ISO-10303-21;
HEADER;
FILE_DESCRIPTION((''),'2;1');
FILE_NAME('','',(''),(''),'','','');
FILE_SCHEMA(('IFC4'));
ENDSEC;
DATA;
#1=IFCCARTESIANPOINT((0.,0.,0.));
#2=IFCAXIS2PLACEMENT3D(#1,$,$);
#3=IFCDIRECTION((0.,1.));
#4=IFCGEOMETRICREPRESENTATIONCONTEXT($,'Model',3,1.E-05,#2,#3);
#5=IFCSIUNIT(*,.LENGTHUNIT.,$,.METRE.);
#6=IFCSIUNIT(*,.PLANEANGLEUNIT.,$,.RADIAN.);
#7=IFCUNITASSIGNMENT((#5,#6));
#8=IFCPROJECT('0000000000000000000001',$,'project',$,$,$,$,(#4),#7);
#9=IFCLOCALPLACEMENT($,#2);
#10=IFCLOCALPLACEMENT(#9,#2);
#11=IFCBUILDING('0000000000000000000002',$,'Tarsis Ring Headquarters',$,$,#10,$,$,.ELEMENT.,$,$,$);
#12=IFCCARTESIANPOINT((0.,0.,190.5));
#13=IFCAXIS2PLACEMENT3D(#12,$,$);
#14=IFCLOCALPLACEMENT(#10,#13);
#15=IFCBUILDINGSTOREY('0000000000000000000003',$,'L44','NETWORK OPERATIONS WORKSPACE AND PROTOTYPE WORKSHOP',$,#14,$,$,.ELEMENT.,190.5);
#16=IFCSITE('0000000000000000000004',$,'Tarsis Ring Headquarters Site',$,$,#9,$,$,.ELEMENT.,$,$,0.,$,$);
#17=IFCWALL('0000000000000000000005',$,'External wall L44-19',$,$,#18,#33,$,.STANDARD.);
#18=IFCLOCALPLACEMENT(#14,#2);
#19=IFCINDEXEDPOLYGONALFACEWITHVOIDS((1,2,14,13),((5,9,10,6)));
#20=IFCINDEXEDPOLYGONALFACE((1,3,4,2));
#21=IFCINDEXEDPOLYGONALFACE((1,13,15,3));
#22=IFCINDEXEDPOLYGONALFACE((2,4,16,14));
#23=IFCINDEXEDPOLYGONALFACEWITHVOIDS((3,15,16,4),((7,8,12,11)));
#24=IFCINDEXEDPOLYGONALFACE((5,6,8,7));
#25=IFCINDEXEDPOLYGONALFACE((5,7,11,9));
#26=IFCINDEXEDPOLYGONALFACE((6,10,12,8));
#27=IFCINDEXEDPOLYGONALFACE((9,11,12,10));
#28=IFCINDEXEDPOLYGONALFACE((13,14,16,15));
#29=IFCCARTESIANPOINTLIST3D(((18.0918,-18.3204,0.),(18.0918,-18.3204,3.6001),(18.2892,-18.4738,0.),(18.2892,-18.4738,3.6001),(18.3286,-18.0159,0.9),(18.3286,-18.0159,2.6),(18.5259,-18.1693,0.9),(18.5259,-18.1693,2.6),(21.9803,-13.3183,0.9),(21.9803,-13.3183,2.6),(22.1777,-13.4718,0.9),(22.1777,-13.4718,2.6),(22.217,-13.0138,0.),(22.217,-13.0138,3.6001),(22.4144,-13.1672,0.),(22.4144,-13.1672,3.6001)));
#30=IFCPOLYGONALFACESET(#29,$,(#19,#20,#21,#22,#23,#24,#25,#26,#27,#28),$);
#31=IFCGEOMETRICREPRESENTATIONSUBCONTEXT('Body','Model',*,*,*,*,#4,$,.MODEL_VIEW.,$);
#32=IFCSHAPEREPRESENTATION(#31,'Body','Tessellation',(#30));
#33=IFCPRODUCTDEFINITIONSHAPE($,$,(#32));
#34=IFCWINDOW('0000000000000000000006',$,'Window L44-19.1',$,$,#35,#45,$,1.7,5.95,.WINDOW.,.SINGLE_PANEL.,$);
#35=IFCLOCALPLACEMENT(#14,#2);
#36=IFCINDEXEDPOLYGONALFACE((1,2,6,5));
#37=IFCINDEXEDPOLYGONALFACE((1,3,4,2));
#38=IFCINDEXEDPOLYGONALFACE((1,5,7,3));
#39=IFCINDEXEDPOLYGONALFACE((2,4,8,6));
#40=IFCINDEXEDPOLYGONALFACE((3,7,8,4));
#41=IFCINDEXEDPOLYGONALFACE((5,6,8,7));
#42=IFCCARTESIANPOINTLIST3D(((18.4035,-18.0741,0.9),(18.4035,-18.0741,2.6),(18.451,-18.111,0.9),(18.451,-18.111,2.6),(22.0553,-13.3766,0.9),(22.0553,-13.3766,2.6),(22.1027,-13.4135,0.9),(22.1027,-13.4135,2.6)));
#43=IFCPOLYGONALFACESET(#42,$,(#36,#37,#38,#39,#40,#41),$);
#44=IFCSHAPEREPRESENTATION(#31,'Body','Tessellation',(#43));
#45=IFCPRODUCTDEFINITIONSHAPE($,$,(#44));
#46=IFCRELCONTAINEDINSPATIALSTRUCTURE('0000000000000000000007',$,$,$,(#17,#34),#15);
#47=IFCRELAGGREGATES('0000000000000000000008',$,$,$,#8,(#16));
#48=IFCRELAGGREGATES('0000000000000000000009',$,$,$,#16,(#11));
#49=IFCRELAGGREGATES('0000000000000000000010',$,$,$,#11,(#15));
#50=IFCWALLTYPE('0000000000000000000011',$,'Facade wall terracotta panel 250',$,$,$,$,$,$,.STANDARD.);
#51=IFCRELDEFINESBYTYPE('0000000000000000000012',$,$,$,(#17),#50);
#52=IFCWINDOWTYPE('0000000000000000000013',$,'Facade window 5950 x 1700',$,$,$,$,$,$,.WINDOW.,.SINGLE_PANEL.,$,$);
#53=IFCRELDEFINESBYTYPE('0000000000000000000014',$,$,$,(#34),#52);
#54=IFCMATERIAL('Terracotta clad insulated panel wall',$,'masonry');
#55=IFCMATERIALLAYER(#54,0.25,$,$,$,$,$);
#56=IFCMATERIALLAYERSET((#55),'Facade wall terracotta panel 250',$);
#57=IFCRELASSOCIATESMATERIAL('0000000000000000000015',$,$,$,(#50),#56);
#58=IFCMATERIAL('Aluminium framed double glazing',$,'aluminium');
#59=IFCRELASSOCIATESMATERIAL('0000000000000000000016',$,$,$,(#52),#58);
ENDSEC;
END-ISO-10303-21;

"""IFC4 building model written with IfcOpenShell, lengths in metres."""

from ifc_helpers import new_model, si_unit, direction, frame, frame_2d, origin, place, context, subcontext, project, spatial, rectangle, extrude, material, layer, layer_set, type_object, element, fill, save


model = new_model("IFC4")

# Units and contexts
model_context = context("Model", 3, precision=1e-05, world=origin(), true_north=direction((0.0, 1.0)))
body_context = subcontext(model_context, "Body", "Model", "MODEL_VIEW")
ifc_project = project(units=[si_unit("LENGTHUNIT", "METRE"), si_unit("PLANEANGLEUNIT", "RADIAN")], contexts=[model_context])

# Site, building, storey
site_placement = place(None, origin())
site = spatial("IfcSite", under=ifc_project, at=site_placement, Name="Tarsis Ring Headquarters Site", CompositionType="ELEMENT", RefElevation=0.0)
building_placement = place(site_placement, origin())
building = spatial("IfcBuilding", under=site, at=building_placement, Name="Tarsis Ring Headquarters", CompositionType="ELEMENT")
storey_placement = place(building_placement, frame((0.0, 0.0, 190.5)))
storey = spatial("IfcBuildingStorey", under=building, at=storey_placement, Name="L44", Description="NETWORK OPERATIONS WORKSPACE AND PROTOTYPE WORKSHOP", CompositionType="ELEMENT", Elevation=190.5)

# Wall, opening, window
ifc_material_1 = material(Name="Terracotta clad insulated panel wall", Category="masonry")
ifc_layer_1 = layer(ifc_material_1, 0.25)
ifc_layer_set_1 = layer_set([ifc_layer_1], Name="Facade wall terracotta panel 250")
wall_type_1 = type_object("IfcWallType", Name="Facade wall terracotta panel 250", PredefinedType="STANDARD", material=ifc_layer_set_1)
ifc_material_2 = material(Name="Aluminium framed double glazing", Category="aluminium")
window_type_1 = type_object("IfcWindowType", Name="Facade window 5950 x 1700", PartitioningType="SINGLE_PANEL", PredefinedType="WINDOW", material=ifc_material_2)
wall_1_placement = place(storey_placement, frame((18.1904, -18.3972, 0.0), z_axis=(0.0, 0.0, 1.0), x_axis=(0.613742, 0.789507, 0.0)))
wall_1 = element("IfcWall", 1, at=wall_1_placement, inside=storey, type_object=wall_type_1, Name="External wall L44-19", PredefinedType="STANDARD", context=body_context, shape_type="SweptSolid", body=[
    extrude(rectangle(XDim=6.7214, YDim=0.25, at=frame_2d((3.3608, 0.0))), origin(), (0.0, 0.0, 1.0), 3.6001),
])
opening_1_placement = place(wall_1_placement, frame((0.3857, 0.0, 0.8999)))
opening_1 = element("IfcOpeningElement", 2, at=opening_1_placement, cuts=wall_1, PredefinedType="OPENING", context=body_context, shape_type="SweptSolid", body=[
    extrude(rectangle(XDim=5.95, YDim=1.7, at=frame_2d((2.9751, 0.8501))), frame((0.0, 0.135, 0.0), z_axis=(0.0, -1.0, 0.0), x_axis=(1.0, 0.0, 0.0)), (0.0, 0.0, 1.0), 0.27),
])
window_1_placement = place(opening_1_placement, origin())
window_1 = element("IfcWindow", 3, at=window_1_placement, inside=storey, type_object=window_type_1, Name="Window L44-19.1", OverallHeight=1.7, OverallWidth=5.95, PartitioningType="SINGLE_PANEL", PredefinedType="WINDOW", context=body_context, shape_type="SweptSolid", body=[
    extrude(rectangle(XDim=5.95, YDim=1.7, at=frame_2d((2.9751, 0.8501))), frame((0.0, 0.03, 0.0), z_axis=(0.0, -1.0, 0.0), x_axis=(1.0, 0.0, 0.0)), (0.0, 0.0, 1.0), 0.0601),
])
fill(opening_1, window_1)

save(model, "model.ifc")
